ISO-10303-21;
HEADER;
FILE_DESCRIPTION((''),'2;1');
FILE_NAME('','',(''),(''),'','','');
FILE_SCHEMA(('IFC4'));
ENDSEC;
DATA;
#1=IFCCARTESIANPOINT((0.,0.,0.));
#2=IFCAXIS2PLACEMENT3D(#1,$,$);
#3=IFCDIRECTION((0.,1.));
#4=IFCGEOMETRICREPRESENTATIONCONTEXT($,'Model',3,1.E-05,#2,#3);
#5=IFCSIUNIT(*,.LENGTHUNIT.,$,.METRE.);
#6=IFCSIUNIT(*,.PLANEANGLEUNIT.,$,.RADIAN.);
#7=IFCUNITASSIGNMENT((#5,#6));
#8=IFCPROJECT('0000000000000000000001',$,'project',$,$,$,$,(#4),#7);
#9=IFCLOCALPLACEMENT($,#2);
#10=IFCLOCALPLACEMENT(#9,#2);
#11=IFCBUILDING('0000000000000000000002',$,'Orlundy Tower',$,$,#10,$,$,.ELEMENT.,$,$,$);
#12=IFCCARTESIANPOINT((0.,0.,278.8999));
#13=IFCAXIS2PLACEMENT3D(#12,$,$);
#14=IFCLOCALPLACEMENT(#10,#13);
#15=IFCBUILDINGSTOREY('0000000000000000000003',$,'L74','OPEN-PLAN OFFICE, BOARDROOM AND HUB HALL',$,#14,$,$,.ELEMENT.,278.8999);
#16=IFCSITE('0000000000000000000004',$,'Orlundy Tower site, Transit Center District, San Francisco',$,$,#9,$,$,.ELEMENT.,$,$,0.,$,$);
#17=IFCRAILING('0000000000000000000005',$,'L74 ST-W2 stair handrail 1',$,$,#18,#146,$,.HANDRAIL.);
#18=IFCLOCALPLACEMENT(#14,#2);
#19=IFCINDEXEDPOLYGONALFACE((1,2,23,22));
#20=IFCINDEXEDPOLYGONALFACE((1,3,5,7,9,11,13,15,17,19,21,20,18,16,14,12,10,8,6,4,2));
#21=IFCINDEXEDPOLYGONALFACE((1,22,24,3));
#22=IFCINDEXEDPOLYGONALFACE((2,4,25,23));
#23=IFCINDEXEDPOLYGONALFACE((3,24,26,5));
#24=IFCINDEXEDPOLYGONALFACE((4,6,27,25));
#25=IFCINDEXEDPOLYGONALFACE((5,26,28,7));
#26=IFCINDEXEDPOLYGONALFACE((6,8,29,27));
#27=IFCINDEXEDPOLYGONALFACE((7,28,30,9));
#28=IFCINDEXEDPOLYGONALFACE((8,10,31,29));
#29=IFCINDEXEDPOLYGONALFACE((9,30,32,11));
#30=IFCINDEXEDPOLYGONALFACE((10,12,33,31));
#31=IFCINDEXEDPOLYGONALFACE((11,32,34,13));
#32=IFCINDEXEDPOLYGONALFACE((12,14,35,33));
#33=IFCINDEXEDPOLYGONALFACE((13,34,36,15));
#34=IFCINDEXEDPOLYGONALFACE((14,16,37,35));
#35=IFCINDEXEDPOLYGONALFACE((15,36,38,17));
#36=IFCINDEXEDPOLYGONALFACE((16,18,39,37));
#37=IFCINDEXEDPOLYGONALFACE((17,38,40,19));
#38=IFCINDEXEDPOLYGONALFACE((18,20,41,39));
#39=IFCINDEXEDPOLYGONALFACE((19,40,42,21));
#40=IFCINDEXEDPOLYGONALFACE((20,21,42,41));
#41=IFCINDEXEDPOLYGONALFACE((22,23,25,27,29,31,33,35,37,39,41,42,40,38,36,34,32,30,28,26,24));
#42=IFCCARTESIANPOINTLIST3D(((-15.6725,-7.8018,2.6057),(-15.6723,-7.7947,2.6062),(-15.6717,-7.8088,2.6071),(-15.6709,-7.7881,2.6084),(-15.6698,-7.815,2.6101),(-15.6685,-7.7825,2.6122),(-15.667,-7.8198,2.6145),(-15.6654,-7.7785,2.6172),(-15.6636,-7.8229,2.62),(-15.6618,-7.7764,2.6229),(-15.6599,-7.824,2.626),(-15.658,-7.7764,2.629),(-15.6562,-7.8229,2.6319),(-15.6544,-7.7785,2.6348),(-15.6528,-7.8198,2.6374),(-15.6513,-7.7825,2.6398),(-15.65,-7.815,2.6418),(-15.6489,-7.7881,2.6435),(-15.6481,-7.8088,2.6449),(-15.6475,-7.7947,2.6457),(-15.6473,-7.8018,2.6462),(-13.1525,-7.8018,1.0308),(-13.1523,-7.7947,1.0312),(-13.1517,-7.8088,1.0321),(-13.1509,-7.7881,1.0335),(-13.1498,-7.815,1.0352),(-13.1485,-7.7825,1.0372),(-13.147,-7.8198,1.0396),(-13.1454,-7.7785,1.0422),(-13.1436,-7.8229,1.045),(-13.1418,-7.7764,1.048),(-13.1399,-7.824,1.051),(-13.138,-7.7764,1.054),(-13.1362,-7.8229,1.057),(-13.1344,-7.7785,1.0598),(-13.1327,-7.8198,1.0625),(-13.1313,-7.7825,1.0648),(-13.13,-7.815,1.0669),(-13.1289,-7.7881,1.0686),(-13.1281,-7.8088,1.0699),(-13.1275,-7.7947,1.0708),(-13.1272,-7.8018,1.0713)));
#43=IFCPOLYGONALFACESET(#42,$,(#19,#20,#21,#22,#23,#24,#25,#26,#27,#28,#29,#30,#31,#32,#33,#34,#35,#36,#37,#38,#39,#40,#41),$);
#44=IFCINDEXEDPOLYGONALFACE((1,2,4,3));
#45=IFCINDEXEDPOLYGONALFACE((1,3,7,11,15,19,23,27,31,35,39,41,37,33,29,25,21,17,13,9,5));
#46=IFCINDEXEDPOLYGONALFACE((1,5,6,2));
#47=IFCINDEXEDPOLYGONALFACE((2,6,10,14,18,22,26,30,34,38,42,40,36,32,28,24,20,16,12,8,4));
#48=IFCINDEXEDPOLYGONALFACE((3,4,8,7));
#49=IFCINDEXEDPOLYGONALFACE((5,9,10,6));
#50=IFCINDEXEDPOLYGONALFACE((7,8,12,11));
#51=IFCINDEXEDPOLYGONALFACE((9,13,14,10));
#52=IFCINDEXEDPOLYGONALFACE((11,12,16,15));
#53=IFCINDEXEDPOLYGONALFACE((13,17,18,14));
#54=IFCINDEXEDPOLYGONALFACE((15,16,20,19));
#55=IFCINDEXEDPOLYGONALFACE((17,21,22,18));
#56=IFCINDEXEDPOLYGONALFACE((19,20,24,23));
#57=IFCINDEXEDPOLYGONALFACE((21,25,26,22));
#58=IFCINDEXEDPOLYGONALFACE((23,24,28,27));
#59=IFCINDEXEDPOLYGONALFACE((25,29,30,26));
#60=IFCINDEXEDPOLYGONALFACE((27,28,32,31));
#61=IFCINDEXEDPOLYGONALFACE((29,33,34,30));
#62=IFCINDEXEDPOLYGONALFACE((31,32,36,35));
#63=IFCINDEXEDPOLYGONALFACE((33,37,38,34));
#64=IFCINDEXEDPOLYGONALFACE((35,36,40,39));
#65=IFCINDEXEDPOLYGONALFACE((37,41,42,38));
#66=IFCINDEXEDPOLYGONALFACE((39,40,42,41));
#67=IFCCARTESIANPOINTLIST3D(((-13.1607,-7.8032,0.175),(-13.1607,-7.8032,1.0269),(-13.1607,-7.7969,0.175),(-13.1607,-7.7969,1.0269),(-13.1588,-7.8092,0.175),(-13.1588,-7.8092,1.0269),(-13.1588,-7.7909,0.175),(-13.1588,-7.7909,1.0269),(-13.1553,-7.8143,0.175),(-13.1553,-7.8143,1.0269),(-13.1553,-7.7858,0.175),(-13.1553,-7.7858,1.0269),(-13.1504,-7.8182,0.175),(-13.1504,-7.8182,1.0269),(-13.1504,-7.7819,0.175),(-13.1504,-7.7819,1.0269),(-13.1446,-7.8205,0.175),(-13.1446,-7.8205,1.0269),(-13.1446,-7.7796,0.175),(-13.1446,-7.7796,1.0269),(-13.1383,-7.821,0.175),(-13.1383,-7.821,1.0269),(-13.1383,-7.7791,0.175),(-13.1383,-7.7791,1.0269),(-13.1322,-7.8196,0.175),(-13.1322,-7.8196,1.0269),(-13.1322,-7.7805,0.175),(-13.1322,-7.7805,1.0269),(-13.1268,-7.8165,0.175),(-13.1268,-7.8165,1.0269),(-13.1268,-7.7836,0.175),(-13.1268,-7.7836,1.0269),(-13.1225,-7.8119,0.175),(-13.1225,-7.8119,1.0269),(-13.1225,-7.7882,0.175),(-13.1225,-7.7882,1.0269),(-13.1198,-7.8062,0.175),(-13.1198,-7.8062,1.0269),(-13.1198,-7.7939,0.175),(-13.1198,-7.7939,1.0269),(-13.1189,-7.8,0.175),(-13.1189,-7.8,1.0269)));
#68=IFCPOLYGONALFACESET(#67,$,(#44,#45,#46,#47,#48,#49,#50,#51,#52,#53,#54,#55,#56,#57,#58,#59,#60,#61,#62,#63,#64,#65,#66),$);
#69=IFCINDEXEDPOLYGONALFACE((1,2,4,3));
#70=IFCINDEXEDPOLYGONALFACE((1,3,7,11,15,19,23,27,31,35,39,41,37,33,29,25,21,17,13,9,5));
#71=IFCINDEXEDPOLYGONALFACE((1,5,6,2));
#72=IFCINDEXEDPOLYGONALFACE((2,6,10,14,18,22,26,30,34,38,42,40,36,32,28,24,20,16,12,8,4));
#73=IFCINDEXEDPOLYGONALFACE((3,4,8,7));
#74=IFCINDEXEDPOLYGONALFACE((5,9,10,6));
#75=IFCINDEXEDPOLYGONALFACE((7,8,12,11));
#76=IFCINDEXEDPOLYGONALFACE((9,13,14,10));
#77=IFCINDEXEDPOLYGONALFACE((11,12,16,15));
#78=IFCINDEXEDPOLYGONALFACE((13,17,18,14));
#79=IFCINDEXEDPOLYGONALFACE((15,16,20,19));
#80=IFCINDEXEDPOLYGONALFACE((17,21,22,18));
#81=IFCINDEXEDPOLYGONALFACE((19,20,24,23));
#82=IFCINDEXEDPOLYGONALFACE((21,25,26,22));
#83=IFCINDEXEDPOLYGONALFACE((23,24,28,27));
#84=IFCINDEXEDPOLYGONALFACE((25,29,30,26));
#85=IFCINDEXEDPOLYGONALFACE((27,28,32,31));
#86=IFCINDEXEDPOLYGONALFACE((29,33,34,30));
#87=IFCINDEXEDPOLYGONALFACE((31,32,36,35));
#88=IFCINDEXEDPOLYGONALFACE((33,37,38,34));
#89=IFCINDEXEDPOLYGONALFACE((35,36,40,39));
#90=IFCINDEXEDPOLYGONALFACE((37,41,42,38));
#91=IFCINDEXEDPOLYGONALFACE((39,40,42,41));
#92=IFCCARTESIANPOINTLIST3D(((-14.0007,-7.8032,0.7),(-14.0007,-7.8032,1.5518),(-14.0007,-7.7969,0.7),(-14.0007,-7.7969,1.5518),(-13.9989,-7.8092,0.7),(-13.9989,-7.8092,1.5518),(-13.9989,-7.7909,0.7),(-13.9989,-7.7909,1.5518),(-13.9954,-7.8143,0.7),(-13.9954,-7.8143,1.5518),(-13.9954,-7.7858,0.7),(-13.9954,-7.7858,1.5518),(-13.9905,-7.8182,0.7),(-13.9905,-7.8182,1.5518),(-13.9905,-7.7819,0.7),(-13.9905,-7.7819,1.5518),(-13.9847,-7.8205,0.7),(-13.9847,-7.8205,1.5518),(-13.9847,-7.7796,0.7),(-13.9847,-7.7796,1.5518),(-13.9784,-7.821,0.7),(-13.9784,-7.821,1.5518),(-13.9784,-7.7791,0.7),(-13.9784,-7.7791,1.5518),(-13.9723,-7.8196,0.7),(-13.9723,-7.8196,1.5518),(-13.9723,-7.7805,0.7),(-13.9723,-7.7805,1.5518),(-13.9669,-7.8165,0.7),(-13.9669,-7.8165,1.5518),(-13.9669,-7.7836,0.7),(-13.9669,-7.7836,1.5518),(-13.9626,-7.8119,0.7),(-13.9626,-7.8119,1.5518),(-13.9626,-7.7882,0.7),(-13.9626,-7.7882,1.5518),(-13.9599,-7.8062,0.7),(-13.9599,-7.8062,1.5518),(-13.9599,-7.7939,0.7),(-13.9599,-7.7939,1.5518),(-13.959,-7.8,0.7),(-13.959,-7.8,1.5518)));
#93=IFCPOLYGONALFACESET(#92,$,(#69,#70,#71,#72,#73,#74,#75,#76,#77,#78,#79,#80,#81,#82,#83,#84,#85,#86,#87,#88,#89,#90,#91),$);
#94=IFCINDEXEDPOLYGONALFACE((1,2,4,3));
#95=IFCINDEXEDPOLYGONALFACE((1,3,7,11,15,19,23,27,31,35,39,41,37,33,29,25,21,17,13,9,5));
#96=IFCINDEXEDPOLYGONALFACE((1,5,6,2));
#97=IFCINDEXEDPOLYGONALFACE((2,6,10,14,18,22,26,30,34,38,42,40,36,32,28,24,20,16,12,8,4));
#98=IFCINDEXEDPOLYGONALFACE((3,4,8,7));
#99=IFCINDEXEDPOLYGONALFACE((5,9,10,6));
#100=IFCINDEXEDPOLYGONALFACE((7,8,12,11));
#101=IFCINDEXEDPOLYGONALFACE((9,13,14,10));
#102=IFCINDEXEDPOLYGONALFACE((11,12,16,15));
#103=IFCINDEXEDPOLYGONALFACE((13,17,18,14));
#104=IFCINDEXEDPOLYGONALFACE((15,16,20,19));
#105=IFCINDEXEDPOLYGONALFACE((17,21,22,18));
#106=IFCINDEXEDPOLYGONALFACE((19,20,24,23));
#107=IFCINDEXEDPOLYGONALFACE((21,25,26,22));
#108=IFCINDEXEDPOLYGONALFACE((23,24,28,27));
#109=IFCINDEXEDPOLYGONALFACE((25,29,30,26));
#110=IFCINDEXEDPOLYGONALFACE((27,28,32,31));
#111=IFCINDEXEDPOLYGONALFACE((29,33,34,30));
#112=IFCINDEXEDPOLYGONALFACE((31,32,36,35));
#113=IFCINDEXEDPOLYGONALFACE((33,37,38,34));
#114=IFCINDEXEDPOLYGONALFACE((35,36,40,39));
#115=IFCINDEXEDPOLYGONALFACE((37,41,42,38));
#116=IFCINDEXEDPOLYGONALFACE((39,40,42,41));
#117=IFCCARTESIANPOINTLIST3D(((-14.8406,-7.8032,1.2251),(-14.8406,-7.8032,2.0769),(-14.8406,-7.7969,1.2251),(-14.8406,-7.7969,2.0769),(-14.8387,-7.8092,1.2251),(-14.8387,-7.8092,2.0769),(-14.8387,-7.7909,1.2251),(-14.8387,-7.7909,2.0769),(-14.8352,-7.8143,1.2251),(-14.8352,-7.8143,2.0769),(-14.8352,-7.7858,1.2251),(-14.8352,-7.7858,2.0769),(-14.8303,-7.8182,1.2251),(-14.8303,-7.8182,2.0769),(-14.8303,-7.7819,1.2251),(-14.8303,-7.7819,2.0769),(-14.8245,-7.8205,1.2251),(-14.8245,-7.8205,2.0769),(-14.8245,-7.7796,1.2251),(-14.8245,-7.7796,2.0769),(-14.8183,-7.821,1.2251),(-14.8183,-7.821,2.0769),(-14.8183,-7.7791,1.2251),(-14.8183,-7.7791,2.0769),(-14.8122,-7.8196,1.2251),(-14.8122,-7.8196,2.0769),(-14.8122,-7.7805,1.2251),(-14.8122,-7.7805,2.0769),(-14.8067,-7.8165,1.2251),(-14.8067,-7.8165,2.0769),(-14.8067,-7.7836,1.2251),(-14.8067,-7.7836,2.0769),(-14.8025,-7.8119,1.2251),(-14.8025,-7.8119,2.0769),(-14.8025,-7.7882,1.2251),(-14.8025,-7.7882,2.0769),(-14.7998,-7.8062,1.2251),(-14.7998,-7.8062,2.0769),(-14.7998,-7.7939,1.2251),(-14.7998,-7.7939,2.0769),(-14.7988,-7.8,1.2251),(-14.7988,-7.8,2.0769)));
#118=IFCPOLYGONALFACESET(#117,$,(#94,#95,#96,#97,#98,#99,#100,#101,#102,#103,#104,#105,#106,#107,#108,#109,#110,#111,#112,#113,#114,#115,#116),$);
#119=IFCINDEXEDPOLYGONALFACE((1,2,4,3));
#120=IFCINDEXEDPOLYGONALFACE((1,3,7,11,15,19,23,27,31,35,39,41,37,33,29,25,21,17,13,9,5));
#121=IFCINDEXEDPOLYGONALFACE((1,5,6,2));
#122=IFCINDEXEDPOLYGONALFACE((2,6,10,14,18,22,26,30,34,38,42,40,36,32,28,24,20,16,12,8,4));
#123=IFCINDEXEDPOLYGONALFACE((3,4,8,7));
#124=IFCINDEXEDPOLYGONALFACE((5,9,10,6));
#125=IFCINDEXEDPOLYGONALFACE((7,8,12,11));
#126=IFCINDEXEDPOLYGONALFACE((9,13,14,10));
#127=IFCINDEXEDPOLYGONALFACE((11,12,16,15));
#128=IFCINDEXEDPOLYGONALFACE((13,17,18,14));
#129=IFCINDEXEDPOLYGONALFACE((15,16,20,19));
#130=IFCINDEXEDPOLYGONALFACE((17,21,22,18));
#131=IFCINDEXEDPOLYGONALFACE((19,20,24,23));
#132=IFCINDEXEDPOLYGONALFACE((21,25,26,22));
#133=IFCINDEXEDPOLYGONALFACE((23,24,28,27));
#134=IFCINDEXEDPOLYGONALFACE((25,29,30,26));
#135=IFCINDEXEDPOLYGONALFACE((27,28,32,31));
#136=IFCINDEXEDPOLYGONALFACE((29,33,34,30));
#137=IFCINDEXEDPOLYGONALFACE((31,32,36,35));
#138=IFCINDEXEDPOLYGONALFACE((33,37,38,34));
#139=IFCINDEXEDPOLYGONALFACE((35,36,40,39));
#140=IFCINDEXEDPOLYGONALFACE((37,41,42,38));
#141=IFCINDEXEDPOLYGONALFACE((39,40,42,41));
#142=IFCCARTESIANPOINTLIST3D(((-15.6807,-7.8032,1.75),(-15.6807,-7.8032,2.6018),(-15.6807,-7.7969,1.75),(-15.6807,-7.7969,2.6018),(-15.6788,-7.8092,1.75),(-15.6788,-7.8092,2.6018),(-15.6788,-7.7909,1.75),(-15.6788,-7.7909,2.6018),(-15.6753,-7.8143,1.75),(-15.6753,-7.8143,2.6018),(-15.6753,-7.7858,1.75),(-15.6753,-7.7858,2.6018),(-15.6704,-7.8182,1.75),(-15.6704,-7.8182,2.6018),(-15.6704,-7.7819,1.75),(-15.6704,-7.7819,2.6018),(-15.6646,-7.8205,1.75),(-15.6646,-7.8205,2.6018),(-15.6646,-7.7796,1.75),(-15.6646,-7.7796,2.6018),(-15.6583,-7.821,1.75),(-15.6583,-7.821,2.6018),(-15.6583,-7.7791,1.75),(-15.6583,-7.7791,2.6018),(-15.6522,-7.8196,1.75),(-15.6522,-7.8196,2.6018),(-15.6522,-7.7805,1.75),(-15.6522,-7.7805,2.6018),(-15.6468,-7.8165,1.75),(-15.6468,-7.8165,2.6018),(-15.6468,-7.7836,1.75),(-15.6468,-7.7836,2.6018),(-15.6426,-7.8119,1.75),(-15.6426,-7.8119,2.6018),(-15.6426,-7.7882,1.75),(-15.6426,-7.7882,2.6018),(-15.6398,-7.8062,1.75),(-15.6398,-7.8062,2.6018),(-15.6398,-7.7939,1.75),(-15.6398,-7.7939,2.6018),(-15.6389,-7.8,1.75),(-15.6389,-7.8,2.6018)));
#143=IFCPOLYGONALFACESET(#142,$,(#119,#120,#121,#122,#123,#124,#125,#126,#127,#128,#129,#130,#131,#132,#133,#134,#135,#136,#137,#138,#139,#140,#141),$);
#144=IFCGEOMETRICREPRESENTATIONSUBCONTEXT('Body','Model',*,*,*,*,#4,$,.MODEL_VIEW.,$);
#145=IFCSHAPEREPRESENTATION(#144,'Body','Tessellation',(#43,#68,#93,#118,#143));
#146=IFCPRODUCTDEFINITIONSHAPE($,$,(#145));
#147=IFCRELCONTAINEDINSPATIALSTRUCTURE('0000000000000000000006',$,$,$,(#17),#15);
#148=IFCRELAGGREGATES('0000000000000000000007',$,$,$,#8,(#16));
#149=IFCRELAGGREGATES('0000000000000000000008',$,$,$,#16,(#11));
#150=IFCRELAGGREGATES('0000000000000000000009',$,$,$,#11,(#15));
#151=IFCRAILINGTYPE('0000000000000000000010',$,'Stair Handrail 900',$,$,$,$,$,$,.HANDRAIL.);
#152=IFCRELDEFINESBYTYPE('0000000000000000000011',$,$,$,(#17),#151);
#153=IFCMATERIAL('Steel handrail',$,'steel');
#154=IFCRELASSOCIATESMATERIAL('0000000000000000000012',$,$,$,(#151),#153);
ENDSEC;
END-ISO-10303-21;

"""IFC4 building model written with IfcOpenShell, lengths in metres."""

from ifc_helpers import new_model, si_unit, direction, frame, origin, origin_2d, place, context, subcontext, project, spatial, circle, extrude, material, type_object, element, save


model = new_model("IFC4")

# Units and contexts
model_context = context("Model", 3, precision=1e-05, world=origin(), true_north=direction((0.0, 1.0)))
body_context = subcontext(model_context, "Body", "Model", "MODEL_VIEW")
ifc_project = project(units=[si_unit("LENGTHUNIT", "METRE"), si_unit("PLANEANGLEUNIT", "RADIAN")], contexts=[model_context])

# Site, building, storey
site_placement = place(None, origin())
site = spatial("IfcSite", under=ifc_project, at=site_placement, Name="Orlundy Tower site, Transit Center District, San Francisco", CompositionType="ELEMENT", RefElevation=0.0)
building_placement = place(site_placement, origin())
building = spatial("IfcBuilding", under=site, at=building_placement, Name="Orlundy Tower", CompositionType="ELEMENT")
storey_placement = place(building_placement, frame((0.0, 0.0, 278.8999)))
storey = spatial("IfcBuildingStorey", under=building, at=storey_placement, Name="L74", Description="OPEN-PLAN OFFICE, BOARDROOM AND HUB HALL", CompositionType="ELEMENT", Elevation=278.8999)

# Railing
ifc_material_1 = material(Name="Steel handrail", Category="steel")
railing_type_1 = type_object("IfcRailingType", Name="Stair Handrail 900", PredefinedType="HANDRAIL", material=ifc_material_1)
railing_1_placement = place(storey_placement, frame((-13.1399, -7.8, 0.175)))
element("IfcRailing", 1, at=railing_1_placement, inside=storey, type_object=railing_type_1, Name="L74 ST-W2 stair handrail 1", PredefinedType="HANDRAIL", context=body_context, shape_type="SweptSolid", body=[
    extrude(circle(Radius=0.0239, at=origin_2d()), frame((0.0, 0.0, 0.876), z_axis=(-0.848008, 0.0, 0.529984), x_axis=(0.0, -1.0, 0.0)), (0.0, 0.0, 1.0), 2.9717),
    extrude(circle(Radius=0.021, at=origin_2d()), origin(), (0.0, 0.0, 1.0), 0.8518),
    extrude(circle(Radius=0.021, at=origin_2d()), frame((-0.8401, 0.0, 0.5249)), (0.0, 0.0, 1.0), 0.8518),
    extrude(circle(Radius=0.021, at=origin_2d()), frame((-1.6799, 0.0, 1.05)), (0.0, 0.0, 1.0), 0.8518),
    extrude(circle(Radius=0.021, at=origin_2d()), frame((-2.52, 0.0, 1.575)), (0.0, 0.0, 1.0), 0.8518),
])

save(model, "model.ifc")
